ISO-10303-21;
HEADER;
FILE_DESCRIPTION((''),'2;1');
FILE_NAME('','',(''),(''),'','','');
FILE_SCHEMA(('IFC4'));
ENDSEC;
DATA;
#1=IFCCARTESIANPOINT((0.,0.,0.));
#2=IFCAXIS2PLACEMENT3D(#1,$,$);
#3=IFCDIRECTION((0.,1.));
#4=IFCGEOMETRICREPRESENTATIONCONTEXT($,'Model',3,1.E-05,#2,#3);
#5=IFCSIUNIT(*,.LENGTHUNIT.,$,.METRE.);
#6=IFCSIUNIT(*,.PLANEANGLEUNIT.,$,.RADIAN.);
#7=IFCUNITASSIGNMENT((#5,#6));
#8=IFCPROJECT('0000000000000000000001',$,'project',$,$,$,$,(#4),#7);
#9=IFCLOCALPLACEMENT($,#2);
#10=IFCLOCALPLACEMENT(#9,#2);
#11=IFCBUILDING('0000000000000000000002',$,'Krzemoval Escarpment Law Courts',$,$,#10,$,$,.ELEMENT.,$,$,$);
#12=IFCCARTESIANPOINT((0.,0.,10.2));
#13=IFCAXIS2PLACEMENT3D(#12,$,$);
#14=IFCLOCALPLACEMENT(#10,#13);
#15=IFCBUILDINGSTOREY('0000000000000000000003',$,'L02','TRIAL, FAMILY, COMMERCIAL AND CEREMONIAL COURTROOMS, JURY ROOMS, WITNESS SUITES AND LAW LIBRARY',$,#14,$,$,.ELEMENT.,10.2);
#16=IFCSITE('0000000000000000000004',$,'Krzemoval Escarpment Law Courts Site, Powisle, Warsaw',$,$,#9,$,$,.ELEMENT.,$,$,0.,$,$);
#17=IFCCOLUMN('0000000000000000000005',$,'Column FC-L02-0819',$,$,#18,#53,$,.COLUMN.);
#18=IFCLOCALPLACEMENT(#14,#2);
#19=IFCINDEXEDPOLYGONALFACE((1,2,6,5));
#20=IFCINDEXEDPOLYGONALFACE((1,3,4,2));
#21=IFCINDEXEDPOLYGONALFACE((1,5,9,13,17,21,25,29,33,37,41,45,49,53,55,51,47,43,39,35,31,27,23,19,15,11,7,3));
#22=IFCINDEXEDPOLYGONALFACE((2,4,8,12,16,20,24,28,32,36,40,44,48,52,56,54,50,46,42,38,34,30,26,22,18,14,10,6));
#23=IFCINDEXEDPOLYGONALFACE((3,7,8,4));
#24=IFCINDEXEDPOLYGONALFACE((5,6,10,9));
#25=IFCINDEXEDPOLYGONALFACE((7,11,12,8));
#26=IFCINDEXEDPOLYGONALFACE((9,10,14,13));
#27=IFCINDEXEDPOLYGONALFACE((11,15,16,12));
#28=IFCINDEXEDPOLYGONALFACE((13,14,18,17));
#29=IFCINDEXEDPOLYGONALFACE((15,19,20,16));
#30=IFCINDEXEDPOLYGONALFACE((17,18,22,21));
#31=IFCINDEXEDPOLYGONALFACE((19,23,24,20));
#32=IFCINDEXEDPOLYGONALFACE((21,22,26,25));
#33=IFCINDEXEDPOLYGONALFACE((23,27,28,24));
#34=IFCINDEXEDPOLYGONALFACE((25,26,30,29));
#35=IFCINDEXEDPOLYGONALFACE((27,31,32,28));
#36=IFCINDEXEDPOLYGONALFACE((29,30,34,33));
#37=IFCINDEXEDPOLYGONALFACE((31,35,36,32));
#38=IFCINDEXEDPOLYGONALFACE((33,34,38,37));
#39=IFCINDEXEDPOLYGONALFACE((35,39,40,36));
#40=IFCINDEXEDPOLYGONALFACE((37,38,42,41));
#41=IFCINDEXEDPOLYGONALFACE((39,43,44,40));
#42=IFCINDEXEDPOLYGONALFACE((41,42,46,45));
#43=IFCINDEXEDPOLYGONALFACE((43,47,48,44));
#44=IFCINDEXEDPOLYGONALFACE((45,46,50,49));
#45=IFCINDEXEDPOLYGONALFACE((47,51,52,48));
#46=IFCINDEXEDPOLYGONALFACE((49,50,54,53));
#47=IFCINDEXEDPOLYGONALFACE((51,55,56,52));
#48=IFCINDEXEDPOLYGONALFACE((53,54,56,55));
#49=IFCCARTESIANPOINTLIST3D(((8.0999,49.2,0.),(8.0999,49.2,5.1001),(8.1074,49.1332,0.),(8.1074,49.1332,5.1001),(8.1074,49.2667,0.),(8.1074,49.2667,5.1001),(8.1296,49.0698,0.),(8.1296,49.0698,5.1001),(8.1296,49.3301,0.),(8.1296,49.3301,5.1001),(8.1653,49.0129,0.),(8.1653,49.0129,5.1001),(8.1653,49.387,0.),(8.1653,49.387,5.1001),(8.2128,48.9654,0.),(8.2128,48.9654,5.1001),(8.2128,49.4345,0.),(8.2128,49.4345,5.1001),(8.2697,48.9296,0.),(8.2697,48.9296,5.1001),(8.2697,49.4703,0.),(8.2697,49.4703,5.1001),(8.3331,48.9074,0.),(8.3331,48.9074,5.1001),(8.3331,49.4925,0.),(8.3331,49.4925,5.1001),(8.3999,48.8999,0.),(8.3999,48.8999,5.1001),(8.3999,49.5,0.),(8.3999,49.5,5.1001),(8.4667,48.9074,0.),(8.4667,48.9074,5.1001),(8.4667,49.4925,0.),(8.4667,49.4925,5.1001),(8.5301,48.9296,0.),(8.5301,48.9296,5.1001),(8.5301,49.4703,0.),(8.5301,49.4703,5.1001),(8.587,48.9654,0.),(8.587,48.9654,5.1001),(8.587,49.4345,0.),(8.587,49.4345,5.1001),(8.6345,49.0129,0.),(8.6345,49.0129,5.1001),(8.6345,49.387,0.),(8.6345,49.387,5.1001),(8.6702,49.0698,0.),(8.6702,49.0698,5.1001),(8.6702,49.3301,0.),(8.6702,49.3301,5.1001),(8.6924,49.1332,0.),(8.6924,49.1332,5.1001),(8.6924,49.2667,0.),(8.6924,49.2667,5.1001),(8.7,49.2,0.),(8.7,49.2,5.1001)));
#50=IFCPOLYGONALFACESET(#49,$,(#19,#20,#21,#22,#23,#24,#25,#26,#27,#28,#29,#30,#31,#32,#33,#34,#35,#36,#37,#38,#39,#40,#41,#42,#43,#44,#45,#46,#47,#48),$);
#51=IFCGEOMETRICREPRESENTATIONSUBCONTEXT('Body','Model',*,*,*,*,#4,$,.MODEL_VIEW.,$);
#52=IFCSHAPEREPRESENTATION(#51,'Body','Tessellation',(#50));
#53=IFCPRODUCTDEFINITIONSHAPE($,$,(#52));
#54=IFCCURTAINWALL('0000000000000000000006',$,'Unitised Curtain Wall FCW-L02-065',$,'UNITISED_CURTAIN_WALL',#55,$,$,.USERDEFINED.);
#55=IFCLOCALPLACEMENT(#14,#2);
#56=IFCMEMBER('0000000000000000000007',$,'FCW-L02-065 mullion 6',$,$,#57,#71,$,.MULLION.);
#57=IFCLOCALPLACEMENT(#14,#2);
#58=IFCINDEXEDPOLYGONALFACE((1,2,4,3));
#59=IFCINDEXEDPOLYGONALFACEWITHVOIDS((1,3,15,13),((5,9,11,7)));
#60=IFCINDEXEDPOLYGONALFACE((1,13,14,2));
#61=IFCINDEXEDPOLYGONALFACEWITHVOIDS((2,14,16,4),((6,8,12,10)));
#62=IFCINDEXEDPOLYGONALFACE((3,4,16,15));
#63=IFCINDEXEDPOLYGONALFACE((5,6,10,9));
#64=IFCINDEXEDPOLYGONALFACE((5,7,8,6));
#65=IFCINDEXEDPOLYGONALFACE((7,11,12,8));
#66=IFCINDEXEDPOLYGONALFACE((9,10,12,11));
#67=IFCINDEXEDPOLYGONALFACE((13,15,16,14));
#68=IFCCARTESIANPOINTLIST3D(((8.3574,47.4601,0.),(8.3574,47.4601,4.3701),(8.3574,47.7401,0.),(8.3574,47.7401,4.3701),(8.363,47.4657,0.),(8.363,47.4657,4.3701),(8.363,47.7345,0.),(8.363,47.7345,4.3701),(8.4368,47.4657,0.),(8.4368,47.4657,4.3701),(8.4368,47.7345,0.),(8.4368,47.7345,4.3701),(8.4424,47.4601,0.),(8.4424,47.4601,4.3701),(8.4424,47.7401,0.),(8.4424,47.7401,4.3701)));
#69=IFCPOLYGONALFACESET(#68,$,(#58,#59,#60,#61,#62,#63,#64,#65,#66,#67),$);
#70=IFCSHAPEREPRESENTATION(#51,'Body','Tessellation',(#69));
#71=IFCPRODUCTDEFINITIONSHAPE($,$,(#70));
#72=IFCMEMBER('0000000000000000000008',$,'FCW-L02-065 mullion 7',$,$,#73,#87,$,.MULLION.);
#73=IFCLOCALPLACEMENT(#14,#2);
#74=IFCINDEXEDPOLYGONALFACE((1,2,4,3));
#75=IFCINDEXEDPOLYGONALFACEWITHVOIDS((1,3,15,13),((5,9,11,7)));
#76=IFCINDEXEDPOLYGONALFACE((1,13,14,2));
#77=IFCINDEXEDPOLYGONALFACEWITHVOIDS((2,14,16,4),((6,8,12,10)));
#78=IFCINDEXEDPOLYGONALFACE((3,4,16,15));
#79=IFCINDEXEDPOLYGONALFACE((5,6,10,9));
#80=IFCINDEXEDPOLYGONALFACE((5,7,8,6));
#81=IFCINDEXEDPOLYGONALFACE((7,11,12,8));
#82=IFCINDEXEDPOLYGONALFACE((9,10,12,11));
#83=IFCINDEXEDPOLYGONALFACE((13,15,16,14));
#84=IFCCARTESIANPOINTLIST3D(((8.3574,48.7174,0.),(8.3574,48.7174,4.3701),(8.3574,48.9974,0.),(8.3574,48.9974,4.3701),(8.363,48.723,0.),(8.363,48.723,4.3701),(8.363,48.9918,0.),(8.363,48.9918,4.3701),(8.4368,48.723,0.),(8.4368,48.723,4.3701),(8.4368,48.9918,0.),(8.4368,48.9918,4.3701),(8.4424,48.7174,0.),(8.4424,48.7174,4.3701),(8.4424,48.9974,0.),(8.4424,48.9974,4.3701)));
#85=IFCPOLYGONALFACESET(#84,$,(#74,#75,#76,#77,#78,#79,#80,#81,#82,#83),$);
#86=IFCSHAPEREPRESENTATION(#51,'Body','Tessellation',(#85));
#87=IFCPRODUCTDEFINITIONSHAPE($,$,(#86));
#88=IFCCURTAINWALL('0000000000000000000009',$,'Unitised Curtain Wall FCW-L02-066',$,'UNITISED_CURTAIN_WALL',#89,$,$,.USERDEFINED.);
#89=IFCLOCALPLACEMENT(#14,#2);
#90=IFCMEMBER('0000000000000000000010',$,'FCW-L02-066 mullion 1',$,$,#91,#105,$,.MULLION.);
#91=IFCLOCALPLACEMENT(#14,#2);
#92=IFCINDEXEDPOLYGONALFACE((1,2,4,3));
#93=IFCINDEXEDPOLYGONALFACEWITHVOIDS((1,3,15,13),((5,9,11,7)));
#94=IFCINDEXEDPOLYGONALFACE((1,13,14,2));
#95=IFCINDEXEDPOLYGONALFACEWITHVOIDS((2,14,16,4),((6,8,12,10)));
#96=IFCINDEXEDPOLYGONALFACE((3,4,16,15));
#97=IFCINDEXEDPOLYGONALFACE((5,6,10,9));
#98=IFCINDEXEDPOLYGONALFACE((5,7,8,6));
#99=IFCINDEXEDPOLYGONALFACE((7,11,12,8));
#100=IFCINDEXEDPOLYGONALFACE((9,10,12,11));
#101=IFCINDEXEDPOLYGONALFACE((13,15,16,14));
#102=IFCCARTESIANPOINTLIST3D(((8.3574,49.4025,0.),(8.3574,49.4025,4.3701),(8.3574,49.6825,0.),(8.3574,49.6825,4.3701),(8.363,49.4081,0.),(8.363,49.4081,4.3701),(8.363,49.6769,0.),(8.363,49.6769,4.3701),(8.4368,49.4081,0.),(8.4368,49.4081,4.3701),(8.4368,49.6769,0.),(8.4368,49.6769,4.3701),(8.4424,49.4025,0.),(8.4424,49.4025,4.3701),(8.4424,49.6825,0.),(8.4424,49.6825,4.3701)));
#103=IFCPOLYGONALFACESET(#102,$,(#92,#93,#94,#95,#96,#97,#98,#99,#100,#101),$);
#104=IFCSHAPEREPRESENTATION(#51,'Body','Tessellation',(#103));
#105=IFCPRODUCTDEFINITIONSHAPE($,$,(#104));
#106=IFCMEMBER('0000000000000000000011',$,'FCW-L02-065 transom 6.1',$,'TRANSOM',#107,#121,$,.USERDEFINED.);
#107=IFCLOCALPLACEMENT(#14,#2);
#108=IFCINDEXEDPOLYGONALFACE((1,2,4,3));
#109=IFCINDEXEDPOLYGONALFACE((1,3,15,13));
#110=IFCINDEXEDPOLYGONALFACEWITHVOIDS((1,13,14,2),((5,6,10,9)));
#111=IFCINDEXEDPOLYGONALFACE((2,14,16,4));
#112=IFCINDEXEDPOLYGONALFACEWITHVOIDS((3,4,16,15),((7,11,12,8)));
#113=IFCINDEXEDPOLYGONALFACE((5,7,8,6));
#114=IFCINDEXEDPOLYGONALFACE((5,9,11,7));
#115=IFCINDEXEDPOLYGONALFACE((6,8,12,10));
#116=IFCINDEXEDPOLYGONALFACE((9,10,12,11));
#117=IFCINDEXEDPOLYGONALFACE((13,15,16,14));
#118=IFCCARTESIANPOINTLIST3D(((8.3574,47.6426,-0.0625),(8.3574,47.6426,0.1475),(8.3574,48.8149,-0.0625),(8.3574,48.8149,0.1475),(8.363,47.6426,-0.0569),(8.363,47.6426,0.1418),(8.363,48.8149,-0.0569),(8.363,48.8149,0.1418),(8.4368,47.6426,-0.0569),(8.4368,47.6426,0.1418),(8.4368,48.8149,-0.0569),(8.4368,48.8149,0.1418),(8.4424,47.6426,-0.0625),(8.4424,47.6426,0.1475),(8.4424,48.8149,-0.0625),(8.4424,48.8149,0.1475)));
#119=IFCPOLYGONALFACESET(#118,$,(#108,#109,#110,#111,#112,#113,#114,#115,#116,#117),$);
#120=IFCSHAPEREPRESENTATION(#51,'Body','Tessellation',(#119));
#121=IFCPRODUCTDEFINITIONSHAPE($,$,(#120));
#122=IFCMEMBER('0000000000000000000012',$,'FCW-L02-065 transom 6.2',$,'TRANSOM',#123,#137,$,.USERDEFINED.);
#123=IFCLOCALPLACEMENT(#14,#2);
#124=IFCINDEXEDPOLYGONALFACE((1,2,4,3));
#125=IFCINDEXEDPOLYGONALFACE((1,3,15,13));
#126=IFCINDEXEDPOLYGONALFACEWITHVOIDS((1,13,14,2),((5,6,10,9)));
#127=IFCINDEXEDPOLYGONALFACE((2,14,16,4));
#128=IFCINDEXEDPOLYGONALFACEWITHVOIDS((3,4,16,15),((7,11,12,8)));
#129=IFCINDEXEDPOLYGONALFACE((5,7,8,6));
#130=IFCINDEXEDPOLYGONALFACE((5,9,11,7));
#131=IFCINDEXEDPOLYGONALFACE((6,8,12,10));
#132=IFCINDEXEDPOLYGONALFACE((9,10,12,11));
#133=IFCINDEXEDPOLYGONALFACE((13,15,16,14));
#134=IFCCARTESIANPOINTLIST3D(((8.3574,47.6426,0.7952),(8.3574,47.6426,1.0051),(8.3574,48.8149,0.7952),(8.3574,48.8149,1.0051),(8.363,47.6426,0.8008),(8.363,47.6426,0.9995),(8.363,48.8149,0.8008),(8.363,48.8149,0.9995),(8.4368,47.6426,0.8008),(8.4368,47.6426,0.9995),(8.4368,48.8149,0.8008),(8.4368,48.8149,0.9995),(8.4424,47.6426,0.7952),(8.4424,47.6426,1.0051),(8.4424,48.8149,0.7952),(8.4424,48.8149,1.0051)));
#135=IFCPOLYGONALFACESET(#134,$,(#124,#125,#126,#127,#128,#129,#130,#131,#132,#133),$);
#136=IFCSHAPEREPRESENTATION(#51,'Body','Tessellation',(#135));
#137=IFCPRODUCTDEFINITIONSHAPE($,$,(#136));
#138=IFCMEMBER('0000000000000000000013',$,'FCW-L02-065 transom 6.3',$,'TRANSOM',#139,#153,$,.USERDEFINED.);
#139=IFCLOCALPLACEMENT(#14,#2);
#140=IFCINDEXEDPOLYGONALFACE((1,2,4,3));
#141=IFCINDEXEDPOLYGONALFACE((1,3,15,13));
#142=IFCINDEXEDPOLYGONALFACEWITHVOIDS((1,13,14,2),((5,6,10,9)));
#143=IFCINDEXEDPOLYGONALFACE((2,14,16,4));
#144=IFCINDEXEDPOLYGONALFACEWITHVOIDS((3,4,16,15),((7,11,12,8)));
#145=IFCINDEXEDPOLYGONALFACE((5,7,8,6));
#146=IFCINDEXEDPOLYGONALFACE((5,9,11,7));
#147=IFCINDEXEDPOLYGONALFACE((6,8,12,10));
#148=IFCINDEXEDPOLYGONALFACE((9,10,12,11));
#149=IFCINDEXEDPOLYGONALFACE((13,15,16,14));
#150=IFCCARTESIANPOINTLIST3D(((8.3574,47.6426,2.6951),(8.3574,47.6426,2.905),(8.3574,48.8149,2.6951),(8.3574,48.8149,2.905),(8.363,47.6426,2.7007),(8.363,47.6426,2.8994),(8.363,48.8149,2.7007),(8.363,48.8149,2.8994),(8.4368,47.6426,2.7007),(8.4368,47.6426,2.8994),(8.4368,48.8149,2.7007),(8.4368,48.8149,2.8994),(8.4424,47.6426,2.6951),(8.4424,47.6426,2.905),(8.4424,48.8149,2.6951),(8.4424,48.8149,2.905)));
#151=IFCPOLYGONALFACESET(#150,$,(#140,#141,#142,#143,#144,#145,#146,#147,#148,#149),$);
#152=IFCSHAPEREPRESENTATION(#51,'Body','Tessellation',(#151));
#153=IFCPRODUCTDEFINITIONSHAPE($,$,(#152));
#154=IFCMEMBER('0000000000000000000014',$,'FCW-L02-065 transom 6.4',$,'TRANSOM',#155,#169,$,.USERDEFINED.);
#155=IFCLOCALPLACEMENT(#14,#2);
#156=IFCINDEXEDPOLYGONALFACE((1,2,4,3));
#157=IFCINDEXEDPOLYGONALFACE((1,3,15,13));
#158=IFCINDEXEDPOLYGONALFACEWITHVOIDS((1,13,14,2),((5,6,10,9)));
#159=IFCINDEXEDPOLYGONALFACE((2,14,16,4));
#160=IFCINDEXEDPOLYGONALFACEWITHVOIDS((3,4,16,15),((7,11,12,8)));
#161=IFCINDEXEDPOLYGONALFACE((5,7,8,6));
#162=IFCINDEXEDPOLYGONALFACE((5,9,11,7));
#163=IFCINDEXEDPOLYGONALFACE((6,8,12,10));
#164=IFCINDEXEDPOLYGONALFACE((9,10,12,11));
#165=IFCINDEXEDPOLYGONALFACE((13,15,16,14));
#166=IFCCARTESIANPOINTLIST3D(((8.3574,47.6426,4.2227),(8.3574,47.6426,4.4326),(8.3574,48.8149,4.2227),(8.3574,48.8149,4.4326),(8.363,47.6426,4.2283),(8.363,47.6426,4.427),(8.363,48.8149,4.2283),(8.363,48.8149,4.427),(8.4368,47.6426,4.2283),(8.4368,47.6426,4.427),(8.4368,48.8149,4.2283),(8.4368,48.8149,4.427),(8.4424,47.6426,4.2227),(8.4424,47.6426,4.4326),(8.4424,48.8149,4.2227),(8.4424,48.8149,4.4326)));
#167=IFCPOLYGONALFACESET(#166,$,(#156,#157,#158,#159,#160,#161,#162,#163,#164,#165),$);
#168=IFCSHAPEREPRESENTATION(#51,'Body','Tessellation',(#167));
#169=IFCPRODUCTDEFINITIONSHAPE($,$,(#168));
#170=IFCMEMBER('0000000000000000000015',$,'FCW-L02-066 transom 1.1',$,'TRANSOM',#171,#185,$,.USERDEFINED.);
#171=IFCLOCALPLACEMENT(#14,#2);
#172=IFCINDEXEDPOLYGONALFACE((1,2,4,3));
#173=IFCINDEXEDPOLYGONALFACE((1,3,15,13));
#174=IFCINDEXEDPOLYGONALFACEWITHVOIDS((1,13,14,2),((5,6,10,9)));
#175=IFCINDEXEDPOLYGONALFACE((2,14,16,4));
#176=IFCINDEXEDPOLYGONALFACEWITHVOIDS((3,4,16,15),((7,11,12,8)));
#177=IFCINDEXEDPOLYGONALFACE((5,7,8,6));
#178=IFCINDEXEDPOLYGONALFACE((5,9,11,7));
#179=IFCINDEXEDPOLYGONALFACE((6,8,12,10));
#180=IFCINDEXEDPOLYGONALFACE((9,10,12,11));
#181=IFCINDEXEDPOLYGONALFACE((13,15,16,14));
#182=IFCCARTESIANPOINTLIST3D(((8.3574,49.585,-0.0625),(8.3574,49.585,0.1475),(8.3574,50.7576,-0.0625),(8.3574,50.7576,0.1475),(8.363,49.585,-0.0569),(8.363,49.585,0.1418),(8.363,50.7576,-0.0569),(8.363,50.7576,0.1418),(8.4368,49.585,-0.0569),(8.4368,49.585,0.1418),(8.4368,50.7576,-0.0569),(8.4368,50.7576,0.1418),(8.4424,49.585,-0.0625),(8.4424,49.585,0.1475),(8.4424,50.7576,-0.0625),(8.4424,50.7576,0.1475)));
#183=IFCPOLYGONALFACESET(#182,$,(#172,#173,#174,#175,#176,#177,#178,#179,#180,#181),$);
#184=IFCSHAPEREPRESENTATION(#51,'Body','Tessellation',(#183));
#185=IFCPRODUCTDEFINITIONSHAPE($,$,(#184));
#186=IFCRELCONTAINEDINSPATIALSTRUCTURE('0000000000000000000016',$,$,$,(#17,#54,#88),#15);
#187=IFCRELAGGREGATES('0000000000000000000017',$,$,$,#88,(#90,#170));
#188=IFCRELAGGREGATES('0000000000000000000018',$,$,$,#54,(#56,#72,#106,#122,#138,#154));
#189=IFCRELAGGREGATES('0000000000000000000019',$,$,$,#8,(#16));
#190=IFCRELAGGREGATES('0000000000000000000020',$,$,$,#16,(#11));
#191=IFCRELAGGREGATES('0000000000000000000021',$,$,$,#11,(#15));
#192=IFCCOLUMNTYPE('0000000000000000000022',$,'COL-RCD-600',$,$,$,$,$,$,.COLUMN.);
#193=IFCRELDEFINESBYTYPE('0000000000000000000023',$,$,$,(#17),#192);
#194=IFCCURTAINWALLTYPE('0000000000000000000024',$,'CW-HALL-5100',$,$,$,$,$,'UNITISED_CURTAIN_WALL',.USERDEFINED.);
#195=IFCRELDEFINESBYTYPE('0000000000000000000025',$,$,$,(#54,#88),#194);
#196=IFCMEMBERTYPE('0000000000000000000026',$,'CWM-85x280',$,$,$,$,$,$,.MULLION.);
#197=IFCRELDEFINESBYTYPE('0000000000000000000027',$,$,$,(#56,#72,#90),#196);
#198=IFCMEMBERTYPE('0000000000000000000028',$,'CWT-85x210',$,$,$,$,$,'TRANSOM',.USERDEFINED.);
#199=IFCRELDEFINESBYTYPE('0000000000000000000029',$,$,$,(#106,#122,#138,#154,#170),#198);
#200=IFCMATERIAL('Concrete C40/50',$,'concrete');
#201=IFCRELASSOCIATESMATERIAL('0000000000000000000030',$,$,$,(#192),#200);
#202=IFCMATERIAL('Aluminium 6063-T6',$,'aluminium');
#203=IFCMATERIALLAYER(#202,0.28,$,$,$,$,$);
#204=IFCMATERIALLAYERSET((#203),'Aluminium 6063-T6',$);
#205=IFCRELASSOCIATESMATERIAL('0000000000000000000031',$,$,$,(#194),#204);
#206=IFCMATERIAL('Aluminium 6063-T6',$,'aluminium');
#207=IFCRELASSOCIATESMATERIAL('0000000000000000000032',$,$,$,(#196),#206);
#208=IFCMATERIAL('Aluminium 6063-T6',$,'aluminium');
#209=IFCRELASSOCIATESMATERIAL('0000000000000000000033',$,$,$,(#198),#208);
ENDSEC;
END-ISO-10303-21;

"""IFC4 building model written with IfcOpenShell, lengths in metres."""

from ifc_helpers import new_model, si_unit, direction, frame, origin, origin_2d, place, context, subcontext, project, spatial, hollow_rectangle, circle, extrude, material, layer, layer_set, material_profile, profile_set, type_object, element, aggregate, save


model = new_model("IFC4")

# Units and contexts
model_context = context("Model", 3, precision=1e-05, world=origin(), true_north=direction((0.0, 1.0)))
body_context = subcontext(model_context, "Body", "Model", "MODEL_VIEW")
ifc_project = project(units=[si_unit("LENGTHUNIT", "METRE"), si_unit("PLANEANGLEUNIT", "RADIAN")], contexts=[model_context])

# Site, building, storey
site_placement = place(None, origin())
site = spatial("IfcSite", under=ifc_project, at=site_placement, Name="Krzemoval Escarpment Law Courts Site, Powisle, Warsaw", CompositionType="ELEMENT", RefElevation=0.0)
building_placement = place(site_placement, origin())
building = spatial("IfcBuilding", under=site, at=building_placement, Name="Krzemoval Escarpment Law Courts", CompositionType="ELEMENT")
storey_placement = place(building_placement, frame((0.0, 0.0, 10.2)))
storey = spatial("IfcBuildingStorey", under=building, at=storey_placement, Name="L02", Description="TRIAL, FAMILY, COMMERCIAL AND CEREMONIAL COURTROOMS, JURY ROOMS, WITNESS SUITES AND LAW LIBRARY", CompositionType="ELEMENT", Elevation=10.2)

# Column
ifc_material_1 = material(Name="Concrete C40/50", Category="concrete")
ifc_material_profile_1 = material_profile(ifc_material_1, circle(Radius=0.3, at=origin_2d()), Name="RC D600")
ifc_profile_set_1 = profile_set([ifc_material_profile_1], Name="Concrete C40/50")
column_type = type_object("IfcColumnType", Name="COL-RCD-600", PredefinedType="COLUMN", material=ifc_profile_set_1)
column_placement = place(storey_placement, frame((8.3999, 49.2, 0.0), z_axis=(0.0, 0.0, 1.0), x_axis=(1.0, 0.0, 0.0)))
element("IfcColumn", 1, at=column_placement, inside=storey, type_object=column_type, Name="Column FC-L02-0819", PredefinedType="COLUMN", context=body_context, shape_type="SweptSolid", body=[
    extrude(circle(Radius=0.3, at=origin_2d()), origin(), (0.0, 0.0, 1.0), 5.1001),
])

# Curtain wall, members
ifc_material_2 = material(Name="Aluminium 6063-T6", Category="aluminium")
ifc_layer_1 = layer(ifc_material_2, 0.28)
ifc_layer_set_1 = layer_set([ifc_layer_1], Name="Aluminium 6063-T6")
curtain_wall_type = type_object("IfcCurtainWallType", Name="CW-HALL-5100", ElementType="UNITISED_CURTAIN_WALL", PredefinedType="USERDEFINED", material=ifc_layer_set_1)
curtain_wall_1_placement = place(storey_placement, origin())
curtain_wall_1 = element("IfcCurtainWall", 2, at=curtain_wall_1_placement, inside=storey, type_object=curtain_wall_type, Name="Unitised Curtain Wall FCW-L02-065", ObjectType="UNITISED_CURTAIN_WALL", PredefinedType="USERDEFINED")
ifc_material_3 = material(Name="Aluminium 6063-T6", Category="aluminium")
ifc_material_profile_2 = material_profile(ifc_material_3, hollow_rectangle(XDim=0.085, YDim=0.28, WallThickness=0.0056, at=origin_2d()), Name="ALU M85x280")
ifc_profile_set_2 = profile_set([ifc_material_profile_2], Name="Aluminium 6063-T6")
member_type_1 = type_object("IfcMemberType", Name="CWM-85x280", PredefinedType="MULLION", material=ifc_profile_set_2)
member_1_placement = place(storey_placement, frame((8.3999, 47.6001, 0.0), z_axis=(0.0, 0.0, 1.0), x_axis=(-1.0, 0.0, 0.0)))
member_1 = element("IfcMember", 3, at=member_1_placement, type_object=member_type_1, Name="FCW-L02-065 mullion 6", PredefinedType="MULLION", context=body_context, shape_type="SweptSolid", body=[
    extrude(hollow_rectangle(XDim=0.085, YDim=0.28, WallThickness=0.0056, at=origin_2d()), origin(), (0.0, 0.0, 1.0), 4.3701),
])
member_2_placement = place(storey_placement, frame((8.3999, 48.8574, 0.0), z_axis=(0.0, 0.0, 1.0), x_axis=(-1.0, 0.0, 0.0)))
member_2 = element("IfcMember", 4, at=member_2_placement, type_object=member_type_1, Name="FCW-L02-065 mullion 7", PredefinedType="MULLION", context=body_context, shape_type="SweptSolid", body=[
    extrude(hollow_rectangle(XDim=0.085, YDim=0.28, WallThickness=0.0056, at=origin_2d()), origin(), (0.0, 0.0, 1.0), 4.3701),
])

# Curtain wall, member
curtain_wall_2_placement = place(storey_placement, origin())
curtain_wall_2 = element("IfcCurtainWall", 5, at=curtain_wall_2_placement, inside=storey, type_object=curtain_wall_type, Name="Unitised Curtain Wall FCW-L02-066", ObjectType="UNITISED_CURTAIN_WALL", PredefinedType="USERDEFINED")
member_3_placement = place(storey_placement, frame((8.3999, 49.5425, 0.0), z_axis=(0.0, 0.0, 1.0), x_axis=(-1.0, 0.0, 0.0)))
member_3 = element("IfcMember", 6, at=member_3_placement, type_object=member_type_1, Name="FCW-L02-066 mullion 1", PredefinedType="MULLION", context=body_context, shape_type="SweptSolid", body=[
    extrude(hollow_rectangle(XDim=0.085, YDim=0.28, WallThickness=0.0056, at=origin_2d()), origin(), (0.0, 0.0, 1.0), 4.3701),
])

# Members
ifc_material_4 = material(Name="Aluminium 6063-T6", Category="aluminium")
ifc_material_profile_3 = material_profile(ifc_material_4, hollow_rectangle(XDim=0.085, YDim=0.21, WallThickness=0.0056, at=origin_2d()), Name="ALU T85x210")
ifc_profile_set_3 = profile_set([ifc_material_profile_3], Name="Aluminium 6063-T6")
member_type_2 = type_object("IfcMemberType", Name="CWT-85x210", ElementType="TRANSOM", PredefinedType="USERDEFINED", material=ifc_profile_set_3)
member_4_placement = place(storey_placement, frame((8.3999, 47.6426, 0.0425), z_axis=(0.0, 1.0, 0.0), x_axis=(-1.0, 0.0, 0.0)))
member_4 = element("IfcMember", 7, at=member_4_placement, type_object=member_type_2, Name="FCW-L02-065 transom 6.1", ObjectType="TRANSOM", PredefinedType="USERDEFINED", context=body_context, shape_type="SweptSolid", body=[
    extrude(hollow_rectangle(XDim=0.085, YDim=0.21, WallThickness=0.0056, at=origin_2d()), origin(), (0.0, 0.0, 1.0), 1.1724),
])
member_5_placement = place(storey_placement, frame((8.3999, 47.6426, 0.9001), z_axis=(0.0, 1.0, 0.0), x_axis=(-1.0, 0.0, 0.0)))
member_5 = element("IfcMember", 8, at=member_5_placement, type_object=member_type_2, Name="FCW-L02-065 transom 6.2", ObjectType="TRANSOM", PredefinedType="USERDEFINED", context=body_context, shape_type="SweptSolid", body=[
    extrude(hollow_rectangle(XDim=0.085, YDim=0.21, WallThickness=0.0056, at=origin_2d()), origin(), (0.0, 0.0, 1.0), 1.1724),
])
member_6_placement = place(storey_placement, frame((8.3999, 47.6426, 2.8), z_axis=(0.0, 1.0, 0.0), x_axis=(-1.0, 0.0, 0.0)))
member_6 = element("IfcMember", 9, at=member_6_placement, type_object=member_type_2, Name="FCW-L02-065 transom 6.3", ObjectType="TRANSOM", PredefinedType="USERDEFINED", context=body_context, shape_type="SweptSolid", body=[
    extrude(hollow_rectangle(XDim=0.085, YDim=0.21, WallThickness=0.0056, at=origin_2d()), origin(), (0.0, 0.0, 1.0), 1.1724),
])
member_7_placement = place(storey_placement, frame((8.3999, 47.6426, 4.3276), z_axis=(0.0, 1.0, 0.0), x_axis=(-1.0, 0.0, 0.0)))
member_7 = element("IfcMember", 10, at=member_7_placement, type_object=member_type_2, Name="FCW-L02-065 transom 6.4", ObjectType="TRANSOM", PredefinedType="USERDEFINED", context=body_context, shape_type="SweptSolid", body=[
    extrude(hollow_rectangle(XDim=0.085, YDim=0.21, WallThickness=0.0056, at=origin_2d()), origin(), (0.0, 0.0, 1.0), 1.1724),
])
member_8_placement = place(storey_placement, frame((8.3999, 49.585, 0.0425), z_axis=(0.0, 1.0, 0.0), x_axis=(-1.0, 0.0, 0.0)))
member_8 = element("IfcMember", 11, at=member_8_placement, type_object=member_type_2, Name="FCW-L02-066 transom 1.1", ObjectType="TRANSOM", PredefinedType="USERDEFINED", context=body_context, shape_type="SweptSolid", body=[
    extrude(hollow_rectangle(XDim=0.085, YDim=0.21, WallThickness=0.0056, at=origin_2d()), origin(), (0.0, 0.0, 1.0), 1.1726),
])
aggregate(curtain_wall_2, [member_3, member_8])

aggregate(curtain_wall_1, [member_1, member_2, member_4, member_5, member_6, member_7])

save(model, "model.ifc")
